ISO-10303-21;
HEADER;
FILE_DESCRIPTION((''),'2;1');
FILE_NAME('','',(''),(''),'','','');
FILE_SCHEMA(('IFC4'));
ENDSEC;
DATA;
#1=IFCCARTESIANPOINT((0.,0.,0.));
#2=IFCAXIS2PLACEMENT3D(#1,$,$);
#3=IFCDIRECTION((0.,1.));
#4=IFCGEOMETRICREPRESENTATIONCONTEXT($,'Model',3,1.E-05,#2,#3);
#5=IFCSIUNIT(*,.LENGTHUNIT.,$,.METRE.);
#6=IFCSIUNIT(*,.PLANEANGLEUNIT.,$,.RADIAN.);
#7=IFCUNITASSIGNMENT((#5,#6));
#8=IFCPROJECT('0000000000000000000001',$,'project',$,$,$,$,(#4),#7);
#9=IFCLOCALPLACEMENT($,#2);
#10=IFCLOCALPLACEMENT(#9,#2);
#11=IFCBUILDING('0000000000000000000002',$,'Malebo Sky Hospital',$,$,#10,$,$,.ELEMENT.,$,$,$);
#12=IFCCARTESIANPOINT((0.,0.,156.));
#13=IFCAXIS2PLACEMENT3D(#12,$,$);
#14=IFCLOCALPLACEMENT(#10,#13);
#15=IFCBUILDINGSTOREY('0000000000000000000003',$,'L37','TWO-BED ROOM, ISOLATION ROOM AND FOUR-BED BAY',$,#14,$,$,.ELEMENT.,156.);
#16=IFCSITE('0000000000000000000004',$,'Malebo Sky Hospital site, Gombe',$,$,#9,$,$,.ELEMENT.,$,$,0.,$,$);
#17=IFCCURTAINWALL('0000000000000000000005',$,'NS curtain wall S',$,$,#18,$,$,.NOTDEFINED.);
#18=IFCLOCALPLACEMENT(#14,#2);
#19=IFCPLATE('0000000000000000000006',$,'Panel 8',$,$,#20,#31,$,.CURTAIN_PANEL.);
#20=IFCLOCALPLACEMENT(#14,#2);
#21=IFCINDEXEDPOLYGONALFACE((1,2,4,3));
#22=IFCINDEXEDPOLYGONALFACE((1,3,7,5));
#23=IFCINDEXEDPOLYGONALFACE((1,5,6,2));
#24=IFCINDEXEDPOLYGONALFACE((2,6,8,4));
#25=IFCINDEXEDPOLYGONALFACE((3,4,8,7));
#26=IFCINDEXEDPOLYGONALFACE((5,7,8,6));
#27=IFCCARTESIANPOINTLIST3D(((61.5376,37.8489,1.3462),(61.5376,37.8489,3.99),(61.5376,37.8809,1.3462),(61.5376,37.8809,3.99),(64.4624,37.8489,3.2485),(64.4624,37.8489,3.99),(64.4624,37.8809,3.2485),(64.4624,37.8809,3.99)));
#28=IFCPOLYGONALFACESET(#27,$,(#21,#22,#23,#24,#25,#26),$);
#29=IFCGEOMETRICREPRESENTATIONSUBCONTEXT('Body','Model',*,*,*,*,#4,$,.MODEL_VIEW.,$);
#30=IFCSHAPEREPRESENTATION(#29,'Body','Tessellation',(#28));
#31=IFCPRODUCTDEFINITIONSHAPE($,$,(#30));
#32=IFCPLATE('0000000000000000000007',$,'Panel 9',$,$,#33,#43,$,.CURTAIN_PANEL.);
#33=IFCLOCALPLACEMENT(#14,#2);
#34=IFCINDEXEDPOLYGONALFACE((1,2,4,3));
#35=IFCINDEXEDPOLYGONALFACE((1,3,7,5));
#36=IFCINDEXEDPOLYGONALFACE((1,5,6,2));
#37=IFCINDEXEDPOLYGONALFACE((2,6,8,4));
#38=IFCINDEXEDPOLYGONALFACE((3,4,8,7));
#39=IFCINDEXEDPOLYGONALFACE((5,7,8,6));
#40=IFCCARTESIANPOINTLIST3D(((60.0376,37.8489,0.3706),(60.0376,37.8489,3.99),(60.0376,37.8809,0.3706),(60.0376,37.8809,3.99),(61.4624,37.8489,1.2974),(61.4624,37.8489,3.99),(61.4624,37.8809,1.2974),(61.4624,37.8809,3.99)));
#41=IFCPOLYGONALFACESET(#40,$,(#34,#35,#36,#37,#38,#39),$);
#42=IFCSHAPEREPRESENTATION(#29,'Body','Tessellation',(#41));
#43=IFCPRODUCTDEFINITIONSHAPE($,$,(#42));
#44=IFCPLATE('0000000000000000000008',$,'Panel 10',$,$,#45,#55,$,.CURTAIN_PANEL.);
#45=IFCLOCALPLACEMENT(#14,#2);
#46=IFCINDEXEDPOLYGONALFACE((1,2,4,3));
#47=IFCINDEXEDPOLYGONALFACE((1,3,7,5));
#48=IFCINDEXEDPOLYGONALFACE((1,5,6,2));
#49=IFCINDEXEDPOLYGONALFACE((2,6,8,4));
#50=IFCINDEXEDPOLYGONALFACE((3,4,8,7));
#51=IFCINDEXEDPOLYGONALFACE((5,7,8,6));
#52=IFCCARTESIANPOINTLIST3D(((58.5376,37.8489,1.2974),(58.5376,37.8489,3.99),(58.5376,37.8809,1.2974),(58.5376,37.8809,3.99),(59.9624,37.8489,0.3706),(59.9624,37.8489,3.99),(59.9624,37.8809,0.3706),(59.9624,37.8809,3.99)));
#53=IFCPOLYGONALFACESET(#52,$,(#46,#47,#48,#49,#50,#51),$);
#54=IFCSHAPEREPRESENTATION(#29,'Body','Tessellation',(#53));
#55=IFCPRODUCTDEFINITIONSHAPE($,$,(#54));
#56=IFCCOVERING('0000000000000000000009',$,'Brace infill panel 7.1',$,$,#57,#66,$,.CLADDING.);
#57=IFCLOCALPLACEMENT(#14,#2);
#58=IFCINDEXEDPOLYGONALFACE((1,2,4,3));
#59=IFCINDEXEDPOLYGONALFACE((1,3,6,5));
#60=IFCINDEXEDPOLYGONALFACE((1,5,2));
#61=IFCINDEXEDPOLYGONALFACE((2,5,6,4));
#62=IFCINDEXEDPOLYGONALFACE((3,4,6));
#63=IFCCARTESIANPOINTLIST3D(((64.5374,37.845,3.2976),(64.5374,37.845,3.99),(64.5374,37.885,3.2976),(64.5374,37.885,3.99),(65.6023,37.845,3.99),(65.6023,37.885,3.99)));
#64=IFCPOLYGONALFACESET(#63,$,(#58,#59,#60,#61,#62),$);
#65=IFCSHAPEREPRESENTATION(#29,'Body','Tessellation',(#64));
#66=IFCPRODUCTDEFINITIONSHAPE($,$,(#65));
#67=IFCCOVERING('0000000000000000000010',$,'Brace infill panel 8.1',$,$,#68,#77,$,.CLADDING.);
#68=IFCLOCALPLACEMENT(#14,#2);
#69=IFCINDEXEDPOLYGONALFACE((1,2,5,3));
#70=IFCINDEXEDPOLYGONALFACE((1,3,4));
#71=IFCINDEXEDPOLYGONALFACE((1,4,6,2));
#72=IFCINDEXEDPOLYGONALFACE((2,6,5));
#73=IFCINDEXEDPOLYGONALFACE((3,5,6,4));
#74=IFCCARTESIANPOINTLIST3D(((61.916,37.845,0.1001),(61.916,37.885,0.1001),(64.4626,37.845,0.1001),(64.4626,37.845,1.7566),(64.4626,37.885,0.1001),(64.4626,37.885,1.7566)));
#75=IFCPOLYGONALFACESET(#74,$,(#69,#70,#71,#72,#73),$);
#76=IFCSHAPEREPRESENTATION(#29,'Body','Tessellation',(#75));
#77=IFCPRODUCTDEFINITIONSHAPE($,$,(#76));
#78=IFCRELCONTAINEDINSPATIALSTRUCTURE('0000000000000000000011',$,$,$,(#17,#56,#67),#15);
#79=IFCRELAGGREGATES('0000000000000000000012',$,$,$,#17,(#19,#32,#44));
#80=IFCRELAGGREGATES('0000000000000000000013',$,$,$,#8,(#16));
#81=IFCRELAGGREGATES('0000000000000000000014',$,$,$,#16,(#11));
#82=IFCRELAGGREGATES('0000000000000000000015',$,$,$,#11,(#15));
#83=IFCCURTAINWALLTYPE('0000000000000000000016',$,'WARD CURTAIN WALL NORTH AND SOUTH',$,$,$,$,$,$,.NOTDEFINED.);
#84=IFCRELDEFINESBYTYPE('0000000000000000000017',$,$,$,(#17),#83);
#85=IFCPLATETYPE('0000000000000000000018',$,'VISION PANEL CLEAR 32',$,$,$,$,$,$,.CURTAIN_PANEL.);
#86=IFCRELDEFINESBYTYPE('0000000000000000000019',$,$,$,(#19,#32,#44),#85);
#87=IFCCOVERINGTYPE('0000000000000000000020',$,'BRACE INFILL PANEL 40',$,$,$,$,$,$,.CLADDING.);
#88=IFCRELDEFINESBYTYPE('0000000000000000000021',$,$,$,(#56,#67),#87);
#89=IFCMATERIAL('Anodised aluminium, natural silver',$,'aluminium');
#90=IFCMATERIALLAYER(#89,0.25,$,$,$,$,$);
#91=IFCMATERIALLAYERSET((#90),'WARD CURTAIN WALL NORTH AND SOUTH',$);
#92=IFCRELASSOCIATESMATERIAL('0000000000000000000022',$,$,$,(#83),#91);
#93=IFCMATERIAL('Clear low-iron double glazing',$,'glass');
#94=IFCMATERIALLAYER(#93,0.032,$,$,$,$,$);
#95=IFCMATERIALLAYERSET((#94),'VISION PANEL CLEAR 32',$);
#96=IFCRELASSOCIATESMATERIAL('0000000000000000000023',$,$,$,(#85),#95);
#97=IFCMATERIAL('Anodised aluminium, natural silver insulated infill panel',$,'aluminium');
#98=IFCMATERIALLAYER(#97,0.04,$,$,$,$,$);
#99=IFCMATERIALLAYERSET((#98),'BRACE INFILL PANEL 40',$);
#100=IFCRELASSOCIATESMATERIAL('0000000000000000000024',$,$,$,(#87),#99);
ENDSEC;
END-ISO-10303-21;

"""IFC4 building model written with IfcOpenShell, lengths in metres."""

from ifc_helpers import new_model, si_unit, direction, frame, origin, place, context, subcontext, project, spatial, polyline, outline, extrude, material, layer, layer_set, type_object, element, aggregate, save


model = new_model("IFC4")

# Units and contexts
model_context = context("Model", 3, precision=1e-05, world=origin(), true_north=direction((0.0, 1.0)))
body_context = subcontext(model_context, "Body", "Model", "MODEL_VIEW")
ifc_project = project(units=[si_unit("LENGTHUNIT", "METRE"), si_unit("PLANEANGLEUNIT", "RADIAN")], contexts=[model_context])

# Site, building, storey
site_placement = place(None, origin())
site = spatial("IfcSite", under=ifc_project, at=site_placement, Name="Malebo Sky Hospital site, Gombe", CompositionType="ELEMENT", RefElevation=0.0)
building_placement = place(site_placement, origin())
building = spatial("IfcBuilding", under=site, at=building_placement, Name="Malebo Sky Hospital", CompositionType="ELEMENT")
storey_placement = place(building_placement, frame((0.0, 0.0, 156.0)))
storey = spatial("IfcBuildingStorey", under=building, at=storey_placement, Name="L37", Description="TWO-BED ROOM, ISOLATION ROOM AND FOUR-BED BAY", CompositionType="ELEMENT", Elevation=156.0)

# Curtain wall
ifc_material_1 = material(Name="Anodised aluminium, natural silver", Category="aluminium")
ifc_layer_1 = layer(ifc_material_1, 0.25)
ifc_layer_set_1 = layer_set([ifc_layer_1], Name="WARD CURTAIN WALL NORTH AND SOUTH")
curtain_wall_type = type_object("IfcCurtainWallType", Name="WARD CURTAIN WALL NORTH AND SOUTH", PredefinedType="NOTDEFINED", material=ifc_layer_set_1)
curtain_wall_placement = place(storey_placement, origin())
curtain_wall = element("IfcCurtainWall", 1, at=curtain_wall_placement, inside=storey, type_object=curtain_wall_type, Name="NS curtain wall S", PredefinedType="NOTDEFINED")

# Plates
ifc_material_2 = material(Name="Clear low-iron double glazing", Category="glass")
ifc_layer_2 = layer(ifc_material_2, 0.032)
ifc_layer_set_2 = layer_set([ifc_layer_2], Name="VISION PANEL CLEAR 32")
plate_type = type_object("IfcPlateType", Name="VISION PANEL CLEAR 32", PredefinedType="CURTAIN_PANEL", material=ifc_layer_set_2)
plate_1_placement = place(storey_placement, frame((63.0, 37.865, 1.3462), z_axis=(0.0, 0.0, 1.0), x_axis=(-1.0, 0.0, 0.0)))
plate_1 = element("IfcPlate", 2, at=plate_1_placement, type_object=plate_type, Name="Panel 8", PredefinedType="CURTAIN_PANEL", context=body_context, shape_type="SweptSolid", body=[
    extrude(outline(polyline([(1.4624, 0.0), (1.4624, 2.6438), (-1.4624, 2.6438), (-1.4624, 1.9023), (1.4624, 0.0)])), frame((0.0, 0.0161, 0.0), z_axis=(0.0, -1.0, 0.0), x_axis=(1.0, 0.0, 0.0)), (0.0, 0.0, 1.0), 0.032),
])
plate_2_placement = place(storey_placement, frame((60.75, 37.865, 0.3706), z_axis=(0.0, 0.0, 1.0), x_axis=(-1.0, 0.0, 0.0)))
plate_2 = element("IfcPlate", 3, at=plate_2_placement, type_object=plate_type, Name="Panel 9", PredefinedType="CURTAIN_PANEL", context=body_context, shape_type="SweptSolid", body=[
    extrude(outline(polyline([(0.7124, 0.0), (0.7124, 3.6194), (-0.7124, 3.6194), (-0.7124, 0.9268), (0.7124, 0.0)])), frame((0.0, 0.0161, 0.0), z_axis=(0.0, -1.0, 0.0), x_axis=(1.0, 0.0, 0.0)), (0.0, 0.0, 1.0), 0.032),
])
plate_3_placement = place(storey_placement, frame((59.25, 37.865, 0.3706), z_axis=(0.0, 0.0, 1.0), x_axis=(-1.0, 0.0, 0.0)))
plate_3 = element("IfcPlate", 4, at=plate_3_placement, type_object=plate_type, Name="Panel 10", PredefinedType="CURTAIN_PANEL", context=body_context, shape_type="SweptSolid", body=[
    extrude(outline(polyline([(-0.7124, 0.0), (0.7124, 0.9268), (0.7124, 3.6194), (-0.7124, 3.6194), (-0.7124, 0.0)])), frame((0.0, 0.0161, 0.0), z_axis=(0.0, -1.0, 0.0), x_axis=(1.0, 0.0, 0.0)), (0.0, 0.0, 1.0), 0.032),
])
aggregate(curtain_wall, [plate_1, plate_2, plate_3])

# Coverings
ifc_material_3 = material(Name="Anodised aluminium, natural silver insulated infill panel", Category="aluminium")
ifc_layer_3 = layer(ifc_material_3, 0.04)
ifc_layer_set_3 = layer_set([ifc_layer_3], Name="BRACE INFILL PANEL 40")
covering_type = type_object("IfcCoveringType", Name="BRACE INFILL PANEL 40", PredefinedType="CLADDING", material=ifc_layer_set_3)
covering_1_placement = place(storey_placement, frame((65.0698, 37.865, 3.2976), z_axis=(0.0, 0.0, 1.0), x_axis=(-1.0, 0.0, 0.0)))
element("IfcCovering", 5, at=covering_1_placement, inside=storey, type_object=covering_type, Name="Brace infill panel 7.1", PredefinedType="CLADDING", context=body_context, shape_type="SweptSolid", body=[
    extrude(outline(polyline([(0.5325, 0.0), (0.5325, 0.6924), (-0.5325, 0.6924), (0.5325, 0.0)])), frame((0.0, 0.02, 0.0), z_axis=(0.0, -1.0, 0.0), x_axis=(1.0, 0.0, 0.0)), (0.0, 0.0, 1.0), 0.04),
])
covering_2_placement = place(storey_placement, frame((63.1892, 37.865, 0.1001), z_axis=(0.0, 0.0, 1.0), x_axis=(-1.0, 0.0, 0.0)))
element("IfcCovering", 6, at=covering_2_placement, inside=storey, type_object=covering_type, Name="Brace infill panel 8.1", PredefinedType="CLADDING", context=body_context, shape_type="SweptSolid", body=[
    extrude(outline(polyline([(-1.2734, 0.0), (1.2732, 0.0), (-1.2734, 1.6565), (-1.2734, 0.0)])), frame((0.0, 0.02, 0.0), z_axis=(0.0, -1.0, 0.0), x_axis=(1.0, 0.0, 0.0)), (0.0, 0.0, 1.0), 0.04),
])

save(model, "model.ifc")
